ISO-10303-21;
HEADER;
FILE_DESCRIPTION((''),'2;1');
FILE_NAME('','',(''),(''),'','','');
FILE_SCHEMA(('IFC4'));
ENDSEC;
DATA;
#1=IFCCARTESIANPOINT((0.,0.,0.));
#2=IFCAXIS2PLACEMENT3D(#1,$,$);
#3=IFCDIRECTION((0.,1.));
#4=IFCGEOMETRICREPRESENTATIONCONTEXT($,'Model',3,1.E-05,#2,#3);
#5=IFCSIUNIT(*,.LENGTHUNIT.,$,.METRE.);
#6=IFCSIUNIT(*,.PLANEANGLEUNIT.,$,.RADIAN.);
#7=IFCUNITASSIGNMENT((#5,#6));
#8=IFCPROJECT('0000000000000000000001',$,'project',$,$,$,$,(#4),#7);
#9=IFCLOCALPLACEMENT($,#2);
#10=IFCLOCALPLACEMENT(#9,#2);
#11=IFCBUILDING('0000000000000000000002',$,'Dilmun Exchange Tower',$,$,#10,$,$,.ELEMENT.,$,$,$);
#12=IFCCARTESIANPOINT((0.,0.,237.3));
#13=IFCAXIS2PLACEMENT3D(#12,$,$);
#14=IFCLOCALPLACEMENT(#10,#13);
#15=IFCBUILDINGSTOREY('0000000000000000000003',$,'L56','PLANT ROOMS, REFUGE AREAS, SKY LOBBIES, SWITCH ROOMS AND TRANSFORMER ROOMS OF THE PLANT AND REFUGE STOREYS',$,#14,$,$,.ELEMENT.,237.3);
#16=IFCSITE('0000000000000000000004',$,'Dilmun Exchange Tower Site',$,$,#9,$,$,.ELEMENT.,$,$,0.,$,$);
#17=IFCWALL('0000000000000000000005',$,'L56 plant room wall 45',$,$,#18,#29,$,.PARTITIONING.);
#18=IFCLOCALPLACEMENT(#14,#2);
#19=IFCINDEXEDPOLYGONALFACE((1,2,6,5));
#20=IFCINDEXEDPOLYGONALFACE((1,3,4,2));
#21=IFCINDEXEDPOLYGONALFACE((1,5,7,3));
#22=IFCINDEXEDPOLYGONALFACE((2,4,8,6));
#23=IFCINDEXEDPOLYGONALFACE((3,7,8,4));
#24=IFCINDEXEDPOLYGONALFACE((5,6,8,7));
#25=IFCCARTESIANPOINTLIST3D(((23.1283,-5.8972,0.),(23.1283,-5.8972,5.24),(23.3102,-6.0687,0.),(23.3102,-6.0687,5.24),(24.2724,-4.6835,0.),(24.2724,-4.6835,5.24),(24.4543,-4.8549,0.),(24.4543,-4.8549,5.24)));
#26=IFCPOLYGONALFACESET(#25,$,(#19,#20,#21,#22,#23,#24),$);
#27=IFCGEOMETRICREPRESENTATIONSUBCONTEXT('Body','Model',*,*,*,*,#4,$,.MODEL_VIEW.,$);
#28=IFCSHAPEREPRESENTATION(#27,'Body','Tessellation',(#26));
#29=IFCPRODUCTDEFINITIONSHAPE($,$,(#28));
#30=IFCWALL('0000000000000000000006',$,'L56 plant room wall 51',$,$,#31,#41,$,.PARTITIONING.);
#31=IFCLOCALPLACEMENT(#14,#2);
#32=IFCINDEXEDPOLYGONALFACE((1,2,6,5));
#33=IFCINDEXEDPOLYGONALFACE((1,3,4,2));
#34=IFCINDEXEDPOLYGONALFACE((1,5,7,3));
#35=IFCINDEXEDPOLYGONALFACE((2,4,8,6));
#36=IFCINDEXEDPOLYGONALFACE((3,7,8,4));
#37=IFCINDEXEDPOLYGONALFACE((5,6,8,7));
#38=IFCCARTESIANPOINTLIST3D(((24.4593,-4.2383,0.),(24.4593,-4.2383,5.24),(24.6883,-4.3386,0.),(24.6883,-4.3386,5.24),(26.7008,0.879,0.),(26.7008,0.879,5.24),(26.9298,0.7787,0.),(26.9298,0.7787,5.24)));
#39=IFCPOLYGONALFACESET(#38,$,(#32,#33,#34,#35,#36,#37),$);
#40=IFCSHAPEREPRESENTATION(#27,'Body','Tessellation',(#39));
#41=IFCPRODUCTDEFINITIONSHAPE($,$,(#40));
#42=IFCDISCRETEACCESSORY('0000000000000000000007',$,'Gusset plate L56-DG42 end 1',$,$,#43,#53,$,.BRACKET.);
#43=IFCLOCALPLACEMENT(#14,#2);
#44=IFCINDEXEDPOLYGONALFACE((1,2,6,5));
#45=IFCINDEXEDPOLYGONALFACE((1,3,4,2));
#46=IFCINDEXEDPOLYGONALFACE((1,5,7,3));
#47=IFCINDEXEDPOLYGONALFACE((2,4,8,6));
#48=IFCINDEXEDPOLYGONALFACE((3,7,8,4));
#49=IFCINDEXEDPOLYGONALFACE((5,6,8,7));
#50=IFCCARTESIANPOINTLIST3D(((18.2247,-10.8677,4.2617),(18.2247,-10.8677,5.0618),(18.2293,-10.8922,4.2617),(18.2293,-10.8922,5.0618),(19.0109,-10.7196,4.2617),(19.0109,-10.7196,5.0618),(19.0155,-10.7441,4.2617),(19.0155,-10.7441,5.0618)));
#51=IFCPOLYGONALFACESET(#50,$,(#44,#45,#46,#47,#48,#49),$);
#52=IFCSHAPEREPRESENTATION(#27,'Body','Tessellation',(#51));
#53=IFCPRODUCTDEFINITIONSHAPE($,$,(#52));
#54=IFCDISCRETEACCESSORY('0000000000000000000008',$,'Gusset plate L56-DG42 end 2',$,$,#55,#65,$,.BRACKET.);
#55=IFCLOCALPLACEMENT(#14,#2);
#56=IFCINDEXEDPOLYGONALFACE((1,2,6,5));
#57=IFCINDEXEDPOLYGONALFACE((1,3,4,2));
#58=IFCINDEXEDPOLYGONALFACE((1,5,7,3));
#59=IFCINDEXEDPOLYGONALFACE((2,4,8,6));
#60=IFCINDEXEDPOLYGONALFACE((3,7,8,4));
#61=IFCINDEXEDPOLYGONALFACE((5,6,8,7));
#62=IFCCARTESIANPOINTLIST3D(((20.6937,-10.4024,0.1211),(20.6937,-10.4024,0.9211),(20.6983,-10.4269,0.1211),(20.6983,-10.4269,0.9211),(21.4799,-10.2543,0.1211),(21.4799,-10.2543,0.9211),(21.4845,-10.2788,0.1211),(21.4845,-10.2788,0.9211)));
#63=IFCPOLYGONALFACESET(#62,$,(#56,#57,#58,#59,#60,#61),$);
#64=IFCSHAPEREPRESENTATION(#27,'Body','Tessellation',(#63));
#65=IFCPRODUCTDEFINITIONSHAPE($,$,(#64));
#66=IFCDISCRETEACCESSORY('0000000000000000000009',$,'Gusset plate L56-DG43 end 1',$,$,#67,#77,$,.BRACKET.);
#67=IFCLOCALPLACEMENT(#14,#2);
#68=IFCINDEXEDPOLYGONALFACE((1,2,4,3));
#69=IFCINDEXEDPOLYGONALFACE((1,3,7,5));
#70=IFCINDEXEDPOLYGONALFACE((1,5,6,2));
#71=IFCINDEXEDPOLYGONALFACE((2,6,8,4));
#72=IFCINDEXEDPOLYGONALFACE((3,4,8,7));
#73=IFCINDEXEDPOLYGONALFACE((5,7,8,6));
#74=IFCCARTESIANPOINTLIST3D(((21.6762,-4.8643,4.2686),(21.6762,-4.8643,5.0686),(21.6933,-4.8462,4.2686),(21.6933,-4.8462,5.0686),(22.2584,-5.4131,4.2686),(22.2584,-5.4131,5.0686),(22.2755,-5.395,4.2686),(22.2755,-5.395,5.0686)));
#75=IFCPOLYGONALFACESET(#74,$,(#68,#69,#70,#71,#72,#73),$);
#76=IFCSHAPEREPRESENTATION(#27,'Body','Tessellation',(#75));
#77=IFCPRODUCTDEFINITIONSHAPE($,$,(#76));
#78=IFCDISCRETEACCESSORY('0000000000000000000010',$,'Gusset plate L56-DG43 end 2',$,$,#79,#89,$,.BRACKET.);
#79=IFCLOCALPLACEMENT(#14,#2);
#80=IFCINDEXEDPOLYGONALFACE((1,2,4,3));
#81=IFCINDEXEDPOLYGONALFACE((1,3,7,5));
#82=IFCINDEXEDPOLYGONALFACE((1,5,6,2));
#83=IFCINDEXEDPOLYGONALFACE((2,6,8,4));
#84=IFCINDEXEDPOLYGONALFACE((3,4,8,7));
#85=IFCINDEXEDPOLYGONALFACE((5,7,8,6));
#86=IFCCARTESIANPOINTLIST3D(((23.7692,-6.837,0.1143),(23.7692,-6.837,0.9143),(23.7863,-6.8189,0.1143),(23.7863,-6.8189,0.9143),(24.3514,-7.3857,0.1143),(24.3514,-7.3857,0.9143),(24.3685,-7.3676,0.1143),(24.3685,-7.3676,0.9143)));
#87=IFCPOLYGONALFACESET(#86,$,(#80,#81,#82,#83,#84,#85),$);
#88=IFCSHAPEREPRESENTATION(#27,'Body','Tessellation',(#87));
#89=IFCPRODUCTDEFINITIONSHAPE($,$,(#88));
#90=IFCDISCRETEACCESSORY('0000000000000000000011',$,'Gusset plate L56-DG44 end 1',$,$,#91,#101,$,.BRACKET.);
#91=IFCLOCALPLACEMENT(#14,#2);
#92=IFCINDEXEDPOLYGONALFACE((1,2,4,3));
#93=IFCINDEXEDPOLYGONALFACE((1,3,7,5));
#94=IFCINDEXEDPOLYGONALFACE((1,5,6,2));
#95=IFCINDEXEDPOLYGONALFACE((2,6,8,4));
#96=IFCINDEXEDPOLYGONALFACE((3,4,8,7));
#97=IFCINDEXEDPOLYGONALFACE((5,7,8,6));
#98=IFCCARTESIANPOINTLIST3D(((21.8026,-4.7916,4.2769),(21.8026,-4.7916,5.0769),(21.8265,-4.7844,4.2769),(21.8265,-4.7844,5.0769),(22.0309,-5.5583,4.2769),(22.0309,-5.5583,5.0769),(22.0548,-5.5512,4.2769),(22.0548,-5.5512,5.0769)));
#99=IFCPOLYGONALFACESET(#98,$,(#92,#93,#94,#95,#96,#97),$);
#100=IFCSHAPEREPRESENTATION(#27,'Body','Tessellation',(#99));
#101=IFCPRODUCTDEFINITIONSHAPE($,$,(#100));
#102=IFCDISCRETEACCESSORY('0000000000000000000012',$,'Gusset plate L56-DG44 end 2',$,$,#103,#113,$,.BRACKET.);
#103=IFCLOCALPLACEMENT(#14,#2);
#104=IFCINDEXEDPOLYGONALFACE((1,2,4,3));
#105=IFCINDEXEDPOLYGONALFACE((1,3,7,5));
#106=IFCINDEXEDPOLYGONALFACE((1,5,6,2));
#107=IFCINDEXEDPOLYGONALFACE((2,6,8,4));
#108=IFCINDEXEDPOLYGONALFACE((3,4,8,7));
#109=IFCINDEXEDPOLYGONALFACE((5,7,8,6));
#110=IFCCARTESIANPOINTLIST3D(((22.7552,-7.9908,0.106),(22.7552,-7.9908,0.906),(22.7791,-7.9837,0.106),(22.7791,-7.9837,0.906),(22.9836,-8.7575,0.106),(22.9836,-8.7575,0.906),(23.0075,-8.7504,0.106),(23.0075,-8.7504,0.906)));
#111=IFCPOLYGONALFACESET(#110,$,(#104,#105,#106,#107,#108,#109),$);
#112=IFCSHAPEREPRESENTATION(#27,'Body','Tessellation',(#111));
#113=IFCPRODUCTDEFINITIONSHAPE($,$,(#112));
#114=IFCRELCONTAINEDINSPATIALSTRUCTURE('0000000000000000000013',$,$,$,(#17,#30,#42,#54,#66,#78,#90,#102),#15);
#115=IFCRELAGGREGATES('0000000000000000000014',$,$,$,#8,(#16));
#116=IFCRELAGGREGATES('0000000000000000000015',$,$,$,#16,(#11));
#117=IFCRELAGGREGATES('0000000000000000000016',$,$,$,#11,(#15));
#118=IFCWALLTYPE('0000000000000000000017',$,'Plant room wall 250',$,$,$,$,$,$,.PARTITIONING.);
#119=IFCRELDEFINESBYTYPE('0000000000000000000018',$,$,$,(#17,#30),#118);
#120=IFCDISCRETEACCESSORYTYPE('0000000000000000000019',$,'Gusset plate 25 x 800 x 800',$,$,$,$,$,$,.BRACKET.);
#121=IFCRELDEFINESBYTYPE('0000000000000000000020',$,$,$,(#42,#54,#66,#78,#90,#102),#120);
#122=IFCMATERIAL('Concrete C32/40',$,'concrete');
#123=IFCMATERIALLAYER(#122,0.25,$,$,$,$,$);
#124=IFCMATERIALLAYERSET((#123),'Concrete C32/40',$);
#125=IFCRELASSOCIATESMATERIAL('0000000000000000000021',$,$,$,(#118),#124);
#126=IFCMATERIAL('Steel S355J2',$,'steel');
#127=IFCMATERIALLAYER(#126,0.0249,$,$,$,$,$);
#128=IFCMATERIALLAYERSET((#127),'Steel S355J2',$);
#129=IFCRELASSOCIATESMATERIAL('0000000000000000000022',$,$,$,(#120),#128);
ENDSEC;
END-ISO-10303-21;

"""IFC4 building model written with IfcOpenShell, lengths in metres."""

from ifc_helpers import new_model, si_unit, direction, frame, frame_2d, origin, origin_2d, place, context, subcontext, project, spatial, rectangle, extrude, material, layer, layer_set, type_object, element, save


model = new_model("IFC4")

# Units and contexts
model_context = context("Model", 3, precision=1e-05, world=origin(), true_north=direction((0.0, 1.0)))
body_context = subcontext(model_context, "Body", "Model", "MODEL_VIEW")
ifc_project = project(units=[si_unit("LENGTHUNIT", "METRE"), si_unit("PLANEANGLEUNIT", "RADIAN")], contexts=[model_context])

# Site, building, storey
site_placement = place(None, origin())
site = spatial("IfcSite", under=ifc_project, at=site_placement, Name="Dilmun Exchange Tower Site", CompositionType="ELEMENT", RefElevation=0.0)
building_placement = place(site_placement, origin())
building = spatial("IfcBuilding", under=site, at=building_placement, Name="Dilmun Exchange Tower", CompositionType="ELEMENT")
storey_placement = place(building_placement, frame((0.0, 0.0, 237.3)))
storey = spatial("IfcBuildingStorey", under=building, at=storey_placement, Name="L56", Description="PLANT ROOMS, REFUGE AREAS, SKY LOBBIES, SWITCH ROOMS AND TRANSFORMER ROOMS OF THE PLANT AND REFUGE STOREYS", CompositionType="ELEMENT", Elevation=237.3)

# Walls
ifc_material_1 = material(Name="Concrete C32/40", Category="concrete")
ifc_layer_1 = layer(ifc_material_1, 0.25)
ifc_layer_set_1 = layer_set([ifc_layer_1], Name="Concrete C32/40")
wall_type = type_object("IfcWallType", Name="Plant room wall 250", PredefinedType="PARTITIONING", material=ifc_layer_set_1)
wall_1_placement = place(storey_placement, frame((23.2192, -5.9829, 0.0), z_axis=(0.0, 0.0, 1.0), x_axis=(0.68594, 0.727658, 0.0)))
element("IfcWall", 1, at=wall_1_placement, inside=storey, type_object=wall_type, Name="L56 plant room wall 45", PredefinedType="PARTITIONING", context=body_context, shape_type="SweptSolid", body=[
    extrude(rectangle(XDim=1.668, YDim=0.25, at=frame_2d((0.834, 0.0))), origin(), (0.0, 0.0, 1.0), 5.24),
])
wall_2_placement = place(storey_placement, frame((24.5737, -4.2886, 0.0), z_axis=(0.0, 0.0, 1.0), x_axis=(0.401222, 0.915981, 0.0)))
element("IfcWall", 2, at=wall_2_placement, inside=storey, type_object=wall_type, Name="L56 plant room wall 51", PredefinedType="PARTITIONING", context=body_context, shape_type="SweptSolid", body=[
    extrude(rectangle(XDim=5.5867, YDim=0.25, at=frame_2d((2.7935, 0.0))), origin(), (0.0, 0.0, 1.0), 5.24),
])

# Discrete accessories
ifc_material_2 = material(Name="Steel S355J2", Category="steel")
ifc_layer_2 = layer(ifc_material_2, 0.0249)
ifc_layer_set_2 = layer_set([ifc_layer_2], Name="Steel S355J2")
discrete_accessory_type = type_object("IfcDiscreteAccessoryType", Name="Gusset plate 25 x 800 x 800", PredefinedType="BRACKET", material=ifc_layer_set_2)
for number, where, z_axis, x_axis, name in (
    (3, (18.6201, -10.8059, 4.2617), (0.0, 0.0, 1.0), (0.982712, 0.185138, 0.0), "Gusset plate L56-DG42 end 1"),
    (4, (21.0891, -10.3406, 0.1211), (0.0, 0.0, 1.0), (0.982712, 0.185138, 0.0), "Gusset plate L56-DG42 end 2"),
    (5, (21.9758, -5.1296, 4.2686), (0.0, 0.0, 1.0), (0.727691, -0.685905, 0.0), "Gusset plate L56-DG43 end 1"),
    (6, (24.0688, -7.1023, 0.1143), (0.0, 0.0, 1.0), (0.727691, -0.685905, 0.0), "Gusset plate L56-DG43 end 2"),
    (7, (21.9287, -5.1714, 4.2769), (0.0, 0.0, 1.0), (0.285412, -0.958405, 0.0), "Gusset plate L56-DG44 end 1"),
    (8, (22.8813, -8.3706, 0.106), (0.0, 0.0, 1.0), (0.285412, -0.958405, 0.0), "Gusset plate L56-DG44 end 2"),
):
    element("IfcDiscreteAccessory", number, at=place(storey_placement, frame(where, z_axis=z_axis, x_axis=x_axis)), inside=storey, type_object=discrete_accessory_type, Name=name, PredefinedType="BRACKET", context=body_context, shape_type="SweptSolid", body=[
        extrude(rectangle(XDim=0.8, YDim=0.0249, at=origin_2d()), origin(), (0.0, 0.0, 1.0), 0.8),
    ])

save(model, "model.ifc")
